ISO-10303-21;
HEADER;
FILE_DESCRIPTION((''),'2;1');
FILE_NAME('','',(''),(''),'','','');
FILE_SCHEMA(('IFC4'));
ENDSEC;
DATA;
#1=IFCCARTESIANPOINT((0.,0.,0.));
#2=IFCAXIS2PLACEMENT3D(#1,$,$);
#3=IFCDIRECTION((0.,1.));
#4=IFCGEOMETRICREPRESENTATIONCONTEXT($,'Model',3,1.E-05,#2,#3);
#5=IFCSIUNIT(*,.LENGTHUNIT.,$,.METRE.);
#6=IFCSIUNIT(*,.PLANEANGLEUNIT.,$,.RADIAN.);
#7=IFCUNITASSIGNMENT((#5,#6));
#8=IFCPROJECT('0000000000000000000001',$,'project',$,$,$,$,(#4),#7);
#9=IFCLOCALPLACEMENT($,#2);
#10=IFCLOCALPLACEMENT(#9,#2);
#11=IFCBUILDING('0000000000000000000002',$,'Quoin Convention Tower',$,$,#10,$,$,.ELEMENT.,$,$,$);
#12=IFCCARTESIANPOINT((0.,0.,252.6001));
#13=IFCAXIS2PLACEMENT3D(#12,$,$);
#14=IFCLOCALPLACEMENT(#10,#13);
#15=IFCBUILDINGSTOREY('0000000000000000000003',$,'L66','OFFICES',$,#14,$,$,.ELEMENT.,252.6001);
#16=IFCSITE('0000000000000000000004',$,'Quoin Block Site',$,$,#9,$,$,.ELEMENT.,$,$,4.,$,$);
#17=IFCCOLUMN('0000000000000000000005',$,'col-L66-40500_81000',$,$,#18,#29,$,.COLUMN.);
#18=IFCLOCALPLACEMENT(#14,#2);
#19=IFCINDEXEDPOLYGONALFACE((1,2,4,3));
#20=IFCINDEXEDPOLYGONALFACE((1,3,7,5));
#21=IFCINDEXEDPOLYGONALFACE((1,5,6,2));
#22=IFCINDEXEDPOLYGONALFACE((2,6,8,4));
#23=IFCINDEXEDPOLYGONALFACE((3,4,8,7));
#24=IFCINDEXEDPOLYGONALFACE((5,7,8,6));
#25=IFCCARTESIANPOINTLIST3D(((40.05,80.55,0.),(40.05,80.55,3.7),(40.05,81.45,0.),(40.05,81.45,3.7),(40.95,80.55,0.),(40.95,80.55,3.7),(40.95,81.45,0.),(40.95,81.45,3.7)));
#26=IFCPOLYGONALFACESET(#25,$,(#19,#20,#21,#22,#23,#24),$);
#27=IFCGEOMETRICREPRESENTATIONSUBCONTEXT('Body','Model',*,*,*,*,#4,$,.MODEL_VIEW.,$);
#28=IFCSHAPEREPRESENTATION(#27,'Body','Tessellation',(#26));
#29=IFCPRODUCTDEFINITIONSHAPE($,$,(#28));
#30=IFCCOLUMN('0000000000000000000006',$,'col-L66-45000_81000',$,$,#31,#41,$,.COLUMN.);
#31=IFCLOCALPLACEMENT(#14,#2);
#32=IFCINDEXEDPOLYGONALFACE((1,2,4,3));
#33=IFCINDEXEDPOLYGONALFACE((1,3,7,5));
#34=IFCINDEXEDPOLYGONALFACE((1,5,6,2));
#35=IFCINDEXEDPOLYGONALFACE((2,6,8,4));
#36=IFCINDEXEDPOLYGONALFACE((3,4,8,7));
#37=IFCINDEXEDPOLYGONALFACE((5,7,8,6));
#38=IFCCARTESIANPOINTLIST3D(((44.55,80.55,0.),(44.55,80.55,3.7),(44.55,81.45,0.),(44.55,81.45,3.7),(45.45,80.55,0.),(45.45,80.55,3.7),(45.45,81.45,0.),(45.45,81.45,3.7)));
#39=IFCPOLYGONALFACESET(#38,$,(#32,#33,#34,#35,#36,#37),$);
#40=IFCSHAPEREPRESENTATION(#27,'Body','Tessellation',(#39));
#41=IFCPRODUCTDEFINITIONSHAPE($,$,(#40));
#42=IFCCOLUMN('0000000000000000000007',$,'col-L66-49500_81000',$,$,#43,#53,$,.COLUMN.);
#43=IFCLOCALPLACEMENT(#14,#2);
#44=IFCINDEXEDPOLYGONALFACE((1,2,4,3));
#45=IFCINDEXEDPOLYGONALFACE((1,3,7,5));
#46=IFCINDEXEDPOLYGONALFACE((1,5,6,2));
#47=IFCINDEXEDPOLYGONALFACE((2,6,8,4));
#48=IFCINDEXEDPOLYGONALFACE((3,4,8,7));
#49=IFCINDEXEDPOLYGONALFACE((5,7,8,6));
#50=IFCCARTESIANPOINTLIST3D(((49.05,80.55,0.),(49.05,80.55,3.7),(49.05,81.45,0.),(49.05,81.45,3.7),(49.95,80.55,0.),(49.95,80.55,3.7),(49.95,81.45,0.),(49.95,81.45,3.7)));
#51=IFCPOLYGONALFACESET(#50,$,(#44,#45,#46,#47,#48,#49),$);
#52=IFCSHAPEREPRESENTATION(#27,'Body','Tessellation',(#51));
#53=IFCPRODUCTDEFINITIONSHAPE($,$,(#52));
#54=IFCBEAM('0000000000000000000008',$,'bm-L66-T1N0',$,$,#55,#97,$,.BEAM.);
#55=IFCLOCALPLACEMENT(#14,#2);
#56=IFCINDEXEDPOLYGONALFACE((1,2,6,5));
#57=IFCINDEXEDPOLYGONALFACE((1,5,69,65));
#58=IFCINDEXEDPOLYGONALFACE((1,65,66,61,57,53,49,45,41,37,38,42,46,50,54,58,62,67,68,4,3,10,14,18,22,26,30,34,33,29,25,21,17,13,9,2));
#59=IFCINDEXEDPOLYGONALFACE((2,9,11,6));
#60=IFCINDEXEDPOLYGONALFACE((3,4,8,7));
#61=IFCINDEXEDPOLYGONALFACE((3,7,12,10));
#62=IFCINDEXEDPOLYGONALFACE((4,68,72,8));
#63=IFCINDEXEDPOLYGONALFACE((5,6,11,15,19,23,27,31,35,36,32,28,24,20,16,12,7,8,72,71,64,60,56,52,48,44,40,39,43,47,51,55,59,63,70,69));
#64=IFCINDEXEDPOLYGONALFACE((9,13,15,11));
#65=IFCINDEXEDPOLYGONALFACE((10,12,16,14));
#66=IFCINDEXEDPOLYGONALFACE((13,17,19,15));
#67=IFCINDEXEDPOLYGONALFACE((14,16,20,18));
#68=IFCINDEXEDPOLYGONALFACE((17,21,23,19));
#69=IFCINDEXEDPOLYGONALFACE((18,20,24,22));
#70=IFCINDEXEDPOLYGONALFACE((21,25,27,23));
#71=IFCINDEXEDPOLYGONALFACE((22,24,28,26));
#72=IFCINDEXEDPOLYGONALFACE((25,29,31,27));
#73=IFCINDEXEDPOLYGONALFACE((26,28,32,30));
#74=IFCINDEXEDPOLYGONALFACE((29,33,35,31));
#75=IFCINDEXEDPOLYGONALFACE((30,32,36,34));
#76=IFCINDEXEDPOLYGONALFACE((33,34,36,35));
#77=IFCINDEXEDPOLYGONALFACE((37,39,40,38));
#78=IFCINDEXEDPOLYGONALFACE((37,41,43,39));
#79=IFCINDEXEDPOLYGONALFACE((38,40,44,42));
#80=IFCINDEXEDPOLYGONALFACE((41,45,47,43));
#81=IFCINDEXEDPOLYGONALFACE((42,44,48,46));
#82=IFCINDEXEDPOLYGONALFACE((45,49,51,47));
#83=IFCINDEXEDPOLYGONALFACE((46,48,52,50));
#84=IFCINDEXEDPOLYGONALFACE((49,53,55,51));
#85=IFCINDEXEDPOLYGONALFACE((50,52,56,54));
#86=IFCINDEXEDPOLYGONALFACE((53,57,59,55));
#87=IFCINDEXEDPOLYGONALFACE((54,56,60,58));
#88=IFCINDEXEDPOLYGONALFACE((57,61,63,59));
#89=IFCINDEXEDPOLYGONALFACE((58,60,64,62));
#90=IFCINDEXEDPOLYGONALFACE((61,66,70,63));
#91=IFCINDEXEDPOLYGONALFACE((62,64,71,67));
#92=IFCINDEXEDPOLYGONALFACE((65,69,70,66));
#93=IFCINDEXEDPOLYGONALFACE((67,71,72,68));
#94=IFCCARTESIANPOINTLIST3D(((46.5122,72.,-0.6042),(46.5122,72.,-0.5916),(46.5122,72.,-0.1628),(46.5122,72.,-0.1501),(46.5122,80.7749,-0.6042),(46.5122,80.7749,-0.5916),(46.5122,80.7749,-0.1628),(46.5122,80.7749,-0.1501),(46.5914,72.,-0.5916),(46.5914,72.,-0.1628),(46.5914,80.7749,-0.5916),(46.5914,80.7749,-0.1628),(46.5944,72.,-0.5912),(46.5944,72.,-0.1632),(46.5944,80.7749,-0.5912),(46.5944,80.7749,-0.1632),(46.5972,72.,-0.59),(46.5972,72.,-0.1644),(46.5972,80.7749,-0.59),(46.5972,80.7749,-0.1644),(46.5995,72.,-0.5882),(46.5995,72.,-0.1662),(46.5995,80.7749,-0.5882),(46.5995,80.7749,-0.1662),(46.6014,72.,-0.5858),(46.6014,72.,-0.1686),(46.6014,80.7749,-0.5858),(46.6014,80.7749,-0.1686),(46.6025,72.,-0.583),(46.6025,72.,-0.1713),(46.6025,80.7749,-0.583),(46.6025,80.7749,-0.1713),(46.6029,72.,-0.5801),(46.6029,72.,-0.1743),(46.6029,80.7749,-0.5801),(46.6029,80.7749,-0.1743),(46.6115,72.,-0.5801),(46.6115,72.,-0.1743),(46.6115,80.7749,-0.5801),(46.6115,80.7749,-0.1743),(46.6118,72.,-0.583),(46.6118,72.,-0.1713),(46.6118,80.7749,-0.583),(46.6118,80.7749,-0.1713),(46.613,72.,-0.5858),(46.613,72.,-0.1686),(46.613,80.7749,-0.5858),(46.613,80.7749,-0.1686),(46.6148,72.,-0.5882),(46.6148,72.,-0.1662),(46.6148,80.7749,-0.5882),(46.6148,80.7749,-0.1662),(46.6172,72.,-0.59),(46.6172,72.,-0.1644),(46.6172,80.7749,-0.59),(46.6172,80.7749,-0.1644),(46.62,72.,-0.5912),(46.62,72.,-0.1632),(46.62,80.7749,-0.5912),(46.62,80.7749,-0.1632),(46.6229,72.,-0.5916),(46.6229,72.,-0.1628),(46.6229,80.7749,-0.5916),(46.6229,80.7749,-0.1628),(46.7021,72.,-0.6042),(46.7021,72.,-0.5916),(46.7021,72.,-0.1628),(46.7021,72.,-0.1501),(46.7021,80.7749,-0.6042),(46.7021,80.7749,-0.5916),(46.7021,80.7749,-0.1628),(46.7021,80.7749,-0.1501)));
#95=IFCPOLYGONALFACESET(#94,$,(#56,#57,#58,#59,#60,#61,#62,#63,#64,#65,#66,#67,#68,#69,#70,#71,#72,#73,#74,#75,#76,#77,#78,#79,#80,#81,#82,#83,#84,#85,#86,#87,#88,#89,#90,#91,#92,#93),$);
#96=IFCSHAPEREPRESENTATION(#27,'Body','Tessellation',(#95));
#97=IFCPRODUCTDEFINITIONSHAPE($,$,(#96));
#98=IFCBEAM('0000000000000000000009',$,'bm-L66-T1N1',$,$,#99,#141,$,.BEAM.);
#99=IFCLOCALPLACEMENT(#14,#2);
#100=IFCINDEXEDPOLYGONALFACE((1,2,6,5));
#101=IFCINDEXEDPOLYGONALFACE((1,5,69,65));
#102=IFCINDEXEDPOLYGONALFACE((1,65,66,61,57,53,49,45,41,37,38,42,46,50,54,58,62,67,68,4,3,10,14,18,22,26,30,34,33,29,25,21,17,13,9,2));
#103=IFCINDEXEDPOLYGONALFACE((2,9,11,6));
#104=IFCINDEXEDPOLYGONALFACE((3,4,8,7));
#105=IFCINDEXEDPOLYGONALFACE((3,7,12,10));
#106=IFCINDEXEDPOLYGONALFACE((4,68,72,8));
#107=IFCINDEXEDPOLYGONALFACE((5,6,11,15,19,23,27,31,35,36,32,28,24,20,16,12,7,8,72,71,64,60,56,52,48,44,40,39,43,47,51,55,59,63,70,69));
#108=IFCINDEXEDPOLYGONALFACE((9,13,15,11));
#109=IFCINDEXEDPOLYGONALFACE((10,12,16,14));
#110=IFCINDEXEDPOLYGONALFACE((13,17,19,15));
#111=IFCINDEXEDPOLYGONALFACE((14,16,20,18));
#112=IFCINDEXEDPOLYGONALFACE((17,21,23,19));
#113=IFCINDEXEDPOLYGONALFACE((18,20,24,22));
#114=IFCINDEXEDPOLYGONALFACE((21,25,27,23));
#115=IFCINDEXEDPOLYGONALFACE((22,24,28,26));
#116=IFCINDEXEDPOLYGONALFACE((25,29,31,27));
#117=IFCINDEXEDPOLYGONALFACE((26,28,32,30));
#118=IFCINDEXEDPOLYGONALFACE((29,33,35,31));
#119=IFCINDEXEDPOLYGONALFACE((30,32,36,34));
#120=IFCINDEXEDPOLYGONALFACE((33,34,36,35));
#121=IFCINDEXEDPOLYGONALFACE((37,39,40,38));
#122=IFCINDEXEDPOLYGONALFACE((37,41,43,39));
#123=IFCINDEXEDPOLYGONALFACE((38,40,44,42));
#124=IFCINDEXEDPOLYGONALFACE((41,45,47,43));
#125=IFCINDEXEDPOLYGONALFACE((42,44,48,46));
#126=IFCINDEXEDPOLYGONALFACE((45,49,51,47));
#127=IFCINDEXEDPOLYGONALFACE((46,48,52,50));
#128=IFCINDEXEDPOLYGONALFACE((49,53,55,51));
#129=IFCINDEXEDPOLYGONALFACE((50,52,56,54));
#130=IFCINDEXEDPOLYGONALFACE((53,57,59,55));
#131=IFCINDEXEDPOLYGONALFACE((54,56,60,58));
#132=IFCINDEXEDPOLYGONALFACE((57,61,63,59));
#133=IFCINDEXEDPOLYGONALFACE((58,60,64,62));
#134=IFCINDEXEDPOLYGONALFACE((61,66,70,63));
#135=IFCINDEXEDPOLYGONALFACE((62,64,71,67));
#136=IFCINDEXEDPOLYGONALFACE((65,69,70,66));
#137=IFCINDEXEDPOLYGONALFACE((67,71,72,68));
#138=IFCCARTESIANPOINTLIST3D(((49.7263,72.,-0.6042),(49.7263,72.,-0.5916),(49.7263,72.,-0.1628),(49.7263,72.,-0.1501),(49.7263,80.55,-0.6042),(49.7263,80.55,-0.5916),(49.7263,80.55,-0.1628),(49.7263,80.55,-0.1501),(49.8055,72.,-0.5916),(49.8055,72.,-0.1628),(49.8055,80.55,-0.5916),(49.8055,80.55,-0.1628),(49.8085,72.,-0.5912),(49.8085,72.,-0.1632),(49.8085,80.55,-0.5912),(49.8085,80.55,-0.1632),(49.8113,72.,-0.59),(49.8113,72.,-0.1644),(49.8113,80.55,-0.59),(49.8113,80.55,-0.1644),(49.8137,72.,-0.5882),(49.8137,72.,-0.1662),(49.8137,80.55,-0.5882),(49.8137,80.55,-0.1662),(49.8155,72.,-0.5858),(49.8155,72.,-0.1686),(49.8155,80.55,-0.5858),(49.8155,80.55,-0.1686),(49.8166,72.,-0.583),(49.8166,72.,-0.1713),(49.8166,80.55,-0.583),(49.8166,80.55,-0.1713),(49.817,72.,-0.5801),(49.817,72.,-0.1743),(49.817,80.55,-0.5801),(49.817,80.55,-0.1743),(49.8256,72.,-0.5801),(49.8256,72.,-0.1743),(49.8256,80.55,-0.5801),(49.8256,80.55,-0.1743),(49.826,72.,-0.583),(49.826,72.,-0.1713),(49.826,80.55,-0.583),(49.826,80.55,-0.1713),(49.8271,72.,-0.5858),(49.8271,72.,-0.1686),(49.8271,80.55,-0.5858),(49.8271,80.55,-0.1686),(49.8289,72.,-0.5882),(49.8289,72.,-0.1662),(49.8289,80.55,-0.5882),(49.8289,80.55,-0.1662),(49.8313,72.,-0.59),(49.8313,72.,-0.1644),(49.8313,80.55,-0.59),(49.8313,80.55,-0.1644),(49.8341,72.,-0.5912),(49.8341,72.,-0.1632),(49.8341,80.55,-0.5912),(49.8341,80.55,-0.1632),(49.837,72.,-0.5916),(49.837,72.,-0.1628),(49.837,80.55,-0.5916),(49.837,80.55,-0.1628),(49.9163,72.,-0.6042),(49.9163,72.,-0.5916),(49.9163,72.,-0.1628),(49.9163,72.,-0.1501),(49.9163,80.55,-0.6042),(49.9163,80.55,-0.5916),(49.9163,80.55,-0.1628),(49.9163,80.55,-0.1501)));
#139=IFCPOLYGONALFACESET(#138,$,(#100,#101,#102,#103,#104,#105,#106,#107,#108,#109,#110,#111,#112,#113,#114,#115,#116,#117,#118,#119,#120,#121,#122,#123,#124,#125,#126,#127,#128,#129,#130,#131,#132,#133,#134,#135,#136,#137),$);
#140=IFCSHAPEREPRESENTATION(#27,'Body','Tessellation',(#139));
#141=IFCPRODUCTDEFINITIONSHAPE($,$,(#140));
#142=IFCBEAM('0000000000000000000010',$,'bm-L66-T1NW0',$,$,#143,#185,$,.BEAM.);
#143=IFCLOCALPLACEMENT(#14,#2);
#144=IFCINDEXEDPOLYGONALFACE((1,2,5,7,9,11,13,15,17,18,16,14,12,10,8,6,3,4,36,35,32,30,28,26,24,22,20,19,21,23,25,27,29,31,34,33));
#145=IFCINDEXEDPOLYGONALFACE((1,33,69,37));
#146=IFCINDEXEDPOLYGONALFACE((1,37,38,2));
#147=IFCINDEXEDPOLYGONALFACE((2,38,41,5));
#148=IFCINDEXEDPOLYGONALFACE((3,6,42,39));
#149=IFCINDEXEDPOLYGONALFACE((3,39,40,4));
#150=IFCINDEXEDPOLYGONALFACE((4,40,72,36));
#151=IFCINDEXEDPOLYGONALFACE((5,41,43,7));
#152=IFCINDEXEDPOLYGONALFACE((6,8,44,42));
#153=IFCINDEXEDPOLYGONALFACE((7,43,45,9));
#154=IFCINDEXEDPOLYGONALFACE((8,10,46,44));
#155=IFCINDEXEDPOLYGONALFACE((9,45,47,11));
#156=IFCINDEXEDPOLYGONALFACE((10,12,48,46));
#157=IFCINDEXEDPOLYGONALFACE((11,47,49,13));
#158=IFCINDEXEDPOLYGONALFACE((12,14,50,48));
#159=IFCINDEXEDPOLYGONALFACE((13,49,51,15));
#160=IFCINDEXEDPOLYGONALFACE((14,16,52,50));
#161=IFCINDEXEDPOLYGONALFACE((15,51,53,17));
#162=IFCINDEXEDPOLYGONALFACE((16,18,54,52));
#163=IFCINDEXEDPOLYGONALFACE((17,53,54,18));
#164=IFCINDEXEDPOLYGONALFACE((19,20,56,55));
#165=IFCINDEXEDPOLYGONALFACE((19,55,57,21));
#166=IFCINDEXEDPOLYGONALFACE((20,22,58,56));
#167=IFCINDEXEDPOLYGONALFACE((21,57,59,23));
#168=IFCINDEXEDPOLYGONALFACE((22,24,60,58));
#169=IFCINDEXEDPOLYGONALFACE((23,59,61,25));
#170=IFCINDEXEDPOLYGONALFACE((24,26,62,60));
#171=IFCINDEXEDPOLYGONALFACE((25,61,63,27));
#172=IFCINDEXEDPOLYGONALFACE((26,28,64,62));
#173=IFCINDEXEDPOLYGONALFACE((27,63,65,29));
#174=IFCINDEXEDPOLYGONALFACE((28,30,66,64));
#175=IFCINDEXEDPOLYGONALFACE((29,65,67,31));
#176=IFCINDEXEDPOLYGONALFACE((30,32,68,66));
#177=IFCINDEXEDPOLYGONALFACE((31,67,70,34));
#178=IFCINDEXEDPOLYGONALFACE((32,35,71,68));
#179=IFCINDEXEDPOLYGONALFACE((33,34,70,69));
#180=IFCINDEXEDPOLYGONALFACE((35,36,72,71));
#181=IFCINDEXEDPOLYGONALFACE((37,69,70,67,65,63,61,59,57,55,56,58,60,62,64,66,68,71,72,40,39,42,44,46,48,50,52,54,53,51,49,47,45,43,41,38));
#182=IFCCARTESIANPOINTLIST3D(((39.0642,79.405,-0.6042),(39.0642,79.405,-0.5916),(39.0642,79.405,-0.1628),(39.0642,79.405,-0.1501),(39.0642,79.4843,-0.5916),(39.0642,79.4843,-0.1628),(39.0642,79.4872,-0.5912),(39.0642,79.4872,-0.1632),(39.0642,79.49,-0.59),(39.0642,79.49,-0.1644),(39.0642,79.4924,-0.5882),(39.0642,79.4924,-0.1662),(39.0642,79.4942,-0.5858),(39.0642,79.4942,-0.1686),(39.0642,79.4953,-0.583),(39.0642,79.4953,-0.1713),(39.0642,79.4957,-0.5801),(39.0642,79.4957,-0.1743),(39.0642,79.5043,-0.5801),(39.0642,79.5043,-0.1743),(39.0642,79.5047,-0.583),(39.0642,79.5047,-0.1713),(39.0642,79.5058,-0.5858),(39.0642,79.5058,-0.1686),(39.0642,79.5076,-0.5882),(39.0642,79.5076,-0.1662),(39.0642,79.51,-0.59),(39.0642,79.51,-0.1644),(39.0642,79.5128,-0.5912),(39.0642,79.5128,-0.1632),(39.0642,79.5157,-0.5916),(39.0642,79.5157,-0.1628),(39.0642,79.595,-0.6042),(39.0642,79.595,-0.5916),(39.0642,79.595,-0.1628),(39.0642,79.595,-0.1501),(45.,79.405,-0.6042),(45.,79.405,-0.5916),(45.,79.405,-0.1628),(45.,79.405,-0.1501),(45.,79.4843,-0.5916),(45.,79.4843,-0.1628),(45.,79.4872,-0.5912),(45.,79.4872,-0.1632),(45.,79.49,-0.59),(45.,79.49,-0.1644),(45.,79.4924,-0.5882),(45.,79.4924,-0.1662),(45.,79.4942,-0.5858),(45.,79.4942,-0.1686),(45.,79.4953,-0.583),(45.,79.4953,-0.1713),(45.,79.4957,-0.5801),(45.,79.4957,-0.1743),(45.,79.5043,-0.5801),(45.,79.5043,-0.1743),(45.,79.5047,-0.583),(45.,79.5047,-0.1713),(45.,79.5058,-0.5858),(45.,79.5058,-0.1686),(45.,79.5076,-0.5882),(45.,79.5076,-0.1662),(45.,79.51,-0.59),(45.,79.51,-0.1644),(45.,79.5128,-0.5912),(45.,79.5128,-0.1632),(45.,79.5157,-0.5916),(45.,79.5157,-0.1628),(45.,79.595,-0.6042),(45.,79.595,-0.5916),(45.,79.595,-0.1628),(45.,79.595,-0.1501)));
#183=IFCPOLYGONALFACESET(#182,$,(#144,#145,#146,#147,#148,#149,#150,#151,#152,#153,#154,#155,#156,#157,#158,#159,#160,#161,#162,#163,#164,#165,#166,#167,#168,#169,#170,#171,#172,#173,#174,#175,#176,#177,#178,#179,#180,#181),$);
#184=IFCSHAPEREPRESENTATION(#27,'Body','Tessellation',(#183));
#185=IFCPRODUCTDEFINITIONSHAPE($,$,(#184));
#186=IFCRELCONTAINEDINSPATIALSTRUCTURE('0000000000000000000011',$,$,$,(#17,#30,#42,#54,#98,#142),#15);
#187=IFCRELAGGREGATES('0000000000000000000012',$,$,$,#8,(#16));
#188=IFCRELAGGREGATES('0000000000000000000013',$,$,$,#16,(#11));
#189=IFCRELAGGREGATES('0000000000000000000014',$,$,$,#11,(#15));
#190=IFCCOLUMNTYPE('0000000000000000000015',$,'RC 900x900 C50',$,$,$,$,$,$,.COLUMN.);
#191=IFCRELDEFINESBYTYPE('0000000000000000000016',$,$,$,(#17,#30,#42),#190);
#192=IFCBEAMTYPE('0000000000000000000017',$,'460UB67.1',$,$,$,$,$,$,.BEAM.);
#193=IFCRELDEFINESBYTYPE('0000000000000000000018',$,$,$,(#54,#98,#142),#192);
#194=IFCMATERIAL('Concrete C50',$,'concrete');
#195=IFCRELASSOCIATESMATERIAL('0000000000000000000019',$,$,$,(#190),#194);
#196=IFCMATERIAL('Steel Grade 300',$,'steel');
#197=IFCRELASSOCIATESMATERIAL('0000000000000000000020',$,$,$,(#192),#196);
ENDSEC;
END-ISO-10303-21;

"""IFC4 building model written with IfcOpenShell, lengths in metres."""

from ifc_helpers import new_model, si_unit, direction, frame, origin, origin_2d, place, context, subcontext, project, spatial, rectangle, i_section, extrude, material, material_profile, profile_set, type_object, element, save


model = new_model("IFC4")

# Units and contexts
model_context = context("Model", 3, precision=1e-05, world=origin(), true_north=direction((0.0, 1.0)))
body_context = subcontext(model_context, "Body", "Model", "MODEL_VIEW")
ifc_project = project(units=[si_unit("LENGTHUNIT", "METRE"), si_unit("PLANEANGLEUNIT", "RADIAN")], contexts=[model_context])

# Site, building, storey
site_placement = place(None, origin())
site = spatial("IfcSite", under=ifc_project, at=site_placement, Name="Quoin Block Site", CompositionType="ELEMENT", RefElevation=4.0)
building_placement = place(site_placement, origin())
building = spatial("IfcBuilding", under=site, at=building_placement, Name="Quoin Convention Tower", CompositionType="ELEMENT")
storey_placement = place(building_placement, frame((0.0, 0.0, 252.6001)))
storey = spatial("IfcBuildingStorey", under=building, at=storey_placement, Name="L66", Description="OFFICES", CompositionType="ELEMENT", Elevation=252.6001)

# Columns
ifc_material_1 = material(Name="Concrete C50", Category="concrete")
ifc_material_profile_1 = material_profile(ifc_material_1, rectangle(XDim=0.8999, YDim=0.8999, at=origin_2d()), Name="RC 900x900")
ifc_profile_set_1 = profile_set([ifc_material_profile_1], Name="Concrete C50")
column_type = type_object("IfcColumnType", Name="RC 900x900 C50", PredefinedType="COLUMN", material=ifc_profile_set_1)
for number, where, z_axis, x_axis, name in (
    (1, (40.5, 81.0, 0.0), (0.0, 0.0, 1.0), (1.0, 0.0, 0.0), "col-L66-40500_81000"),
    (2, (45.0, 81.0, 0.0), (0.0, 0.0, 1.0), (1.0, 0.0, 0.0), "col-L66-45000_81000"),
    (3, (49.5, 81.0, 0.0), (0.0, 0.0, 1.0), (1.0, 0.0, 0.0), "col-L66-49500_81000"),
):
    element("IfcColumn", number, at=place(storey_placement, frame(where, z_axis=z_axis, x_axis=x_axis)), inside=storey, type_object=column_type, Name=name, PredefinedType="COLUMN", context=body_context, shape_type="SweptSolid", body=[
        extrude(rectangle(XDim=0.8999, YDim=0.8999, at=origin_2d()), origin(), (0.0, 0.0, 1.0), 3.7),
    ])

# Beams
ifc_material_2 = material(Name="Steel Grade 300", Category="steel")
ifc_material_profile_2 = material_profile(ifc_material_2, i_section(OverallWidth=0.1899, OverallDepth=0.4541, WebThickness=0.0085, FlangeThickness=0.0127, FilletRadius=0.0115, at=origin_2d()), Name="460UB67.1")
ifc_profile_set_2 = profile_set([ifc_material_profile_2], Name="Steel Grade 300")
beam_type_1 = type_object("IfcBeamType", Name="460UB67.1", PredefinedType="BEAM", material=ifc_profile_set_2)
beam_1_placement = place(storey_placement, frame((46.6072, 72.0, -0.3772), z_axis=(0.0, 1.0, 0.0), x_axis=(-1.0, 0.0, 0.0)))
element("IfcBeam", 4, at=beam_1_placement, inside=storey, type_object=beam_type_1, Name="bm-L66-T1N0", PredefinedType="BEAM", context=body_context, shape_type="SweptSolid", body=[
    extrude(i_section(OverallWidth=0.1899, OverallDepth=0.4541, WebThickness=0.0085, FlangeThickness=0.0127, FilletRadius=0.0115, at=origin_2d()), origin(), (0.0, 0.0, 1.0), 8.7749),
])
beam_2_placement = place(storey_placement, frame((49.8213, 72.0, -0.3772), z_axis=(0.0, 1.0, 0.0), x_axis=(-1.0, 0.0, 0.0)))
element("IfcBeam", 5, at=beam_2_placement, inside=storey, type_object=beam_type_1, Name="bm-L66-T1N1", PredefinedType="BEAM", context=body_context, shape_type="SweptSolid", body=[
    extrude(i_section(OverallWidth=0.1899, OverallDepth=0.4541, WebThickness=0.0085, FlangeThickness=0.0127, FilletRadius=0.0115, at=origin_2d()), origin(), (0.0, 0.0, 1.0), 8.55),
])
beam_3_placement = place(storey_placement, frame((39.0642, 79.5, -0.3772), z_axis=(1.0, 0.0, 0.0), x_axis=(0.0, 1.0, 0.0)))
element("IfcBeam", 6, at=beam_3_placement, inside=storey, type_object=beam_type_1, Name="bm-L66-T1NW0", PredefinedType="BEAM", context=body_context, shape_type="SweptSolid", body=[
    extrude(i_section(OverallWidth=0.1899, OverallDepth=0.4541, WebThickness=0.0085, FlangeThickness=0.0127, FilletRadius=0.0115, at=origin_2d()), origin(), (0.0, 0.0, 1.0), 5.9358),
])

save(model, "model.ifc")
